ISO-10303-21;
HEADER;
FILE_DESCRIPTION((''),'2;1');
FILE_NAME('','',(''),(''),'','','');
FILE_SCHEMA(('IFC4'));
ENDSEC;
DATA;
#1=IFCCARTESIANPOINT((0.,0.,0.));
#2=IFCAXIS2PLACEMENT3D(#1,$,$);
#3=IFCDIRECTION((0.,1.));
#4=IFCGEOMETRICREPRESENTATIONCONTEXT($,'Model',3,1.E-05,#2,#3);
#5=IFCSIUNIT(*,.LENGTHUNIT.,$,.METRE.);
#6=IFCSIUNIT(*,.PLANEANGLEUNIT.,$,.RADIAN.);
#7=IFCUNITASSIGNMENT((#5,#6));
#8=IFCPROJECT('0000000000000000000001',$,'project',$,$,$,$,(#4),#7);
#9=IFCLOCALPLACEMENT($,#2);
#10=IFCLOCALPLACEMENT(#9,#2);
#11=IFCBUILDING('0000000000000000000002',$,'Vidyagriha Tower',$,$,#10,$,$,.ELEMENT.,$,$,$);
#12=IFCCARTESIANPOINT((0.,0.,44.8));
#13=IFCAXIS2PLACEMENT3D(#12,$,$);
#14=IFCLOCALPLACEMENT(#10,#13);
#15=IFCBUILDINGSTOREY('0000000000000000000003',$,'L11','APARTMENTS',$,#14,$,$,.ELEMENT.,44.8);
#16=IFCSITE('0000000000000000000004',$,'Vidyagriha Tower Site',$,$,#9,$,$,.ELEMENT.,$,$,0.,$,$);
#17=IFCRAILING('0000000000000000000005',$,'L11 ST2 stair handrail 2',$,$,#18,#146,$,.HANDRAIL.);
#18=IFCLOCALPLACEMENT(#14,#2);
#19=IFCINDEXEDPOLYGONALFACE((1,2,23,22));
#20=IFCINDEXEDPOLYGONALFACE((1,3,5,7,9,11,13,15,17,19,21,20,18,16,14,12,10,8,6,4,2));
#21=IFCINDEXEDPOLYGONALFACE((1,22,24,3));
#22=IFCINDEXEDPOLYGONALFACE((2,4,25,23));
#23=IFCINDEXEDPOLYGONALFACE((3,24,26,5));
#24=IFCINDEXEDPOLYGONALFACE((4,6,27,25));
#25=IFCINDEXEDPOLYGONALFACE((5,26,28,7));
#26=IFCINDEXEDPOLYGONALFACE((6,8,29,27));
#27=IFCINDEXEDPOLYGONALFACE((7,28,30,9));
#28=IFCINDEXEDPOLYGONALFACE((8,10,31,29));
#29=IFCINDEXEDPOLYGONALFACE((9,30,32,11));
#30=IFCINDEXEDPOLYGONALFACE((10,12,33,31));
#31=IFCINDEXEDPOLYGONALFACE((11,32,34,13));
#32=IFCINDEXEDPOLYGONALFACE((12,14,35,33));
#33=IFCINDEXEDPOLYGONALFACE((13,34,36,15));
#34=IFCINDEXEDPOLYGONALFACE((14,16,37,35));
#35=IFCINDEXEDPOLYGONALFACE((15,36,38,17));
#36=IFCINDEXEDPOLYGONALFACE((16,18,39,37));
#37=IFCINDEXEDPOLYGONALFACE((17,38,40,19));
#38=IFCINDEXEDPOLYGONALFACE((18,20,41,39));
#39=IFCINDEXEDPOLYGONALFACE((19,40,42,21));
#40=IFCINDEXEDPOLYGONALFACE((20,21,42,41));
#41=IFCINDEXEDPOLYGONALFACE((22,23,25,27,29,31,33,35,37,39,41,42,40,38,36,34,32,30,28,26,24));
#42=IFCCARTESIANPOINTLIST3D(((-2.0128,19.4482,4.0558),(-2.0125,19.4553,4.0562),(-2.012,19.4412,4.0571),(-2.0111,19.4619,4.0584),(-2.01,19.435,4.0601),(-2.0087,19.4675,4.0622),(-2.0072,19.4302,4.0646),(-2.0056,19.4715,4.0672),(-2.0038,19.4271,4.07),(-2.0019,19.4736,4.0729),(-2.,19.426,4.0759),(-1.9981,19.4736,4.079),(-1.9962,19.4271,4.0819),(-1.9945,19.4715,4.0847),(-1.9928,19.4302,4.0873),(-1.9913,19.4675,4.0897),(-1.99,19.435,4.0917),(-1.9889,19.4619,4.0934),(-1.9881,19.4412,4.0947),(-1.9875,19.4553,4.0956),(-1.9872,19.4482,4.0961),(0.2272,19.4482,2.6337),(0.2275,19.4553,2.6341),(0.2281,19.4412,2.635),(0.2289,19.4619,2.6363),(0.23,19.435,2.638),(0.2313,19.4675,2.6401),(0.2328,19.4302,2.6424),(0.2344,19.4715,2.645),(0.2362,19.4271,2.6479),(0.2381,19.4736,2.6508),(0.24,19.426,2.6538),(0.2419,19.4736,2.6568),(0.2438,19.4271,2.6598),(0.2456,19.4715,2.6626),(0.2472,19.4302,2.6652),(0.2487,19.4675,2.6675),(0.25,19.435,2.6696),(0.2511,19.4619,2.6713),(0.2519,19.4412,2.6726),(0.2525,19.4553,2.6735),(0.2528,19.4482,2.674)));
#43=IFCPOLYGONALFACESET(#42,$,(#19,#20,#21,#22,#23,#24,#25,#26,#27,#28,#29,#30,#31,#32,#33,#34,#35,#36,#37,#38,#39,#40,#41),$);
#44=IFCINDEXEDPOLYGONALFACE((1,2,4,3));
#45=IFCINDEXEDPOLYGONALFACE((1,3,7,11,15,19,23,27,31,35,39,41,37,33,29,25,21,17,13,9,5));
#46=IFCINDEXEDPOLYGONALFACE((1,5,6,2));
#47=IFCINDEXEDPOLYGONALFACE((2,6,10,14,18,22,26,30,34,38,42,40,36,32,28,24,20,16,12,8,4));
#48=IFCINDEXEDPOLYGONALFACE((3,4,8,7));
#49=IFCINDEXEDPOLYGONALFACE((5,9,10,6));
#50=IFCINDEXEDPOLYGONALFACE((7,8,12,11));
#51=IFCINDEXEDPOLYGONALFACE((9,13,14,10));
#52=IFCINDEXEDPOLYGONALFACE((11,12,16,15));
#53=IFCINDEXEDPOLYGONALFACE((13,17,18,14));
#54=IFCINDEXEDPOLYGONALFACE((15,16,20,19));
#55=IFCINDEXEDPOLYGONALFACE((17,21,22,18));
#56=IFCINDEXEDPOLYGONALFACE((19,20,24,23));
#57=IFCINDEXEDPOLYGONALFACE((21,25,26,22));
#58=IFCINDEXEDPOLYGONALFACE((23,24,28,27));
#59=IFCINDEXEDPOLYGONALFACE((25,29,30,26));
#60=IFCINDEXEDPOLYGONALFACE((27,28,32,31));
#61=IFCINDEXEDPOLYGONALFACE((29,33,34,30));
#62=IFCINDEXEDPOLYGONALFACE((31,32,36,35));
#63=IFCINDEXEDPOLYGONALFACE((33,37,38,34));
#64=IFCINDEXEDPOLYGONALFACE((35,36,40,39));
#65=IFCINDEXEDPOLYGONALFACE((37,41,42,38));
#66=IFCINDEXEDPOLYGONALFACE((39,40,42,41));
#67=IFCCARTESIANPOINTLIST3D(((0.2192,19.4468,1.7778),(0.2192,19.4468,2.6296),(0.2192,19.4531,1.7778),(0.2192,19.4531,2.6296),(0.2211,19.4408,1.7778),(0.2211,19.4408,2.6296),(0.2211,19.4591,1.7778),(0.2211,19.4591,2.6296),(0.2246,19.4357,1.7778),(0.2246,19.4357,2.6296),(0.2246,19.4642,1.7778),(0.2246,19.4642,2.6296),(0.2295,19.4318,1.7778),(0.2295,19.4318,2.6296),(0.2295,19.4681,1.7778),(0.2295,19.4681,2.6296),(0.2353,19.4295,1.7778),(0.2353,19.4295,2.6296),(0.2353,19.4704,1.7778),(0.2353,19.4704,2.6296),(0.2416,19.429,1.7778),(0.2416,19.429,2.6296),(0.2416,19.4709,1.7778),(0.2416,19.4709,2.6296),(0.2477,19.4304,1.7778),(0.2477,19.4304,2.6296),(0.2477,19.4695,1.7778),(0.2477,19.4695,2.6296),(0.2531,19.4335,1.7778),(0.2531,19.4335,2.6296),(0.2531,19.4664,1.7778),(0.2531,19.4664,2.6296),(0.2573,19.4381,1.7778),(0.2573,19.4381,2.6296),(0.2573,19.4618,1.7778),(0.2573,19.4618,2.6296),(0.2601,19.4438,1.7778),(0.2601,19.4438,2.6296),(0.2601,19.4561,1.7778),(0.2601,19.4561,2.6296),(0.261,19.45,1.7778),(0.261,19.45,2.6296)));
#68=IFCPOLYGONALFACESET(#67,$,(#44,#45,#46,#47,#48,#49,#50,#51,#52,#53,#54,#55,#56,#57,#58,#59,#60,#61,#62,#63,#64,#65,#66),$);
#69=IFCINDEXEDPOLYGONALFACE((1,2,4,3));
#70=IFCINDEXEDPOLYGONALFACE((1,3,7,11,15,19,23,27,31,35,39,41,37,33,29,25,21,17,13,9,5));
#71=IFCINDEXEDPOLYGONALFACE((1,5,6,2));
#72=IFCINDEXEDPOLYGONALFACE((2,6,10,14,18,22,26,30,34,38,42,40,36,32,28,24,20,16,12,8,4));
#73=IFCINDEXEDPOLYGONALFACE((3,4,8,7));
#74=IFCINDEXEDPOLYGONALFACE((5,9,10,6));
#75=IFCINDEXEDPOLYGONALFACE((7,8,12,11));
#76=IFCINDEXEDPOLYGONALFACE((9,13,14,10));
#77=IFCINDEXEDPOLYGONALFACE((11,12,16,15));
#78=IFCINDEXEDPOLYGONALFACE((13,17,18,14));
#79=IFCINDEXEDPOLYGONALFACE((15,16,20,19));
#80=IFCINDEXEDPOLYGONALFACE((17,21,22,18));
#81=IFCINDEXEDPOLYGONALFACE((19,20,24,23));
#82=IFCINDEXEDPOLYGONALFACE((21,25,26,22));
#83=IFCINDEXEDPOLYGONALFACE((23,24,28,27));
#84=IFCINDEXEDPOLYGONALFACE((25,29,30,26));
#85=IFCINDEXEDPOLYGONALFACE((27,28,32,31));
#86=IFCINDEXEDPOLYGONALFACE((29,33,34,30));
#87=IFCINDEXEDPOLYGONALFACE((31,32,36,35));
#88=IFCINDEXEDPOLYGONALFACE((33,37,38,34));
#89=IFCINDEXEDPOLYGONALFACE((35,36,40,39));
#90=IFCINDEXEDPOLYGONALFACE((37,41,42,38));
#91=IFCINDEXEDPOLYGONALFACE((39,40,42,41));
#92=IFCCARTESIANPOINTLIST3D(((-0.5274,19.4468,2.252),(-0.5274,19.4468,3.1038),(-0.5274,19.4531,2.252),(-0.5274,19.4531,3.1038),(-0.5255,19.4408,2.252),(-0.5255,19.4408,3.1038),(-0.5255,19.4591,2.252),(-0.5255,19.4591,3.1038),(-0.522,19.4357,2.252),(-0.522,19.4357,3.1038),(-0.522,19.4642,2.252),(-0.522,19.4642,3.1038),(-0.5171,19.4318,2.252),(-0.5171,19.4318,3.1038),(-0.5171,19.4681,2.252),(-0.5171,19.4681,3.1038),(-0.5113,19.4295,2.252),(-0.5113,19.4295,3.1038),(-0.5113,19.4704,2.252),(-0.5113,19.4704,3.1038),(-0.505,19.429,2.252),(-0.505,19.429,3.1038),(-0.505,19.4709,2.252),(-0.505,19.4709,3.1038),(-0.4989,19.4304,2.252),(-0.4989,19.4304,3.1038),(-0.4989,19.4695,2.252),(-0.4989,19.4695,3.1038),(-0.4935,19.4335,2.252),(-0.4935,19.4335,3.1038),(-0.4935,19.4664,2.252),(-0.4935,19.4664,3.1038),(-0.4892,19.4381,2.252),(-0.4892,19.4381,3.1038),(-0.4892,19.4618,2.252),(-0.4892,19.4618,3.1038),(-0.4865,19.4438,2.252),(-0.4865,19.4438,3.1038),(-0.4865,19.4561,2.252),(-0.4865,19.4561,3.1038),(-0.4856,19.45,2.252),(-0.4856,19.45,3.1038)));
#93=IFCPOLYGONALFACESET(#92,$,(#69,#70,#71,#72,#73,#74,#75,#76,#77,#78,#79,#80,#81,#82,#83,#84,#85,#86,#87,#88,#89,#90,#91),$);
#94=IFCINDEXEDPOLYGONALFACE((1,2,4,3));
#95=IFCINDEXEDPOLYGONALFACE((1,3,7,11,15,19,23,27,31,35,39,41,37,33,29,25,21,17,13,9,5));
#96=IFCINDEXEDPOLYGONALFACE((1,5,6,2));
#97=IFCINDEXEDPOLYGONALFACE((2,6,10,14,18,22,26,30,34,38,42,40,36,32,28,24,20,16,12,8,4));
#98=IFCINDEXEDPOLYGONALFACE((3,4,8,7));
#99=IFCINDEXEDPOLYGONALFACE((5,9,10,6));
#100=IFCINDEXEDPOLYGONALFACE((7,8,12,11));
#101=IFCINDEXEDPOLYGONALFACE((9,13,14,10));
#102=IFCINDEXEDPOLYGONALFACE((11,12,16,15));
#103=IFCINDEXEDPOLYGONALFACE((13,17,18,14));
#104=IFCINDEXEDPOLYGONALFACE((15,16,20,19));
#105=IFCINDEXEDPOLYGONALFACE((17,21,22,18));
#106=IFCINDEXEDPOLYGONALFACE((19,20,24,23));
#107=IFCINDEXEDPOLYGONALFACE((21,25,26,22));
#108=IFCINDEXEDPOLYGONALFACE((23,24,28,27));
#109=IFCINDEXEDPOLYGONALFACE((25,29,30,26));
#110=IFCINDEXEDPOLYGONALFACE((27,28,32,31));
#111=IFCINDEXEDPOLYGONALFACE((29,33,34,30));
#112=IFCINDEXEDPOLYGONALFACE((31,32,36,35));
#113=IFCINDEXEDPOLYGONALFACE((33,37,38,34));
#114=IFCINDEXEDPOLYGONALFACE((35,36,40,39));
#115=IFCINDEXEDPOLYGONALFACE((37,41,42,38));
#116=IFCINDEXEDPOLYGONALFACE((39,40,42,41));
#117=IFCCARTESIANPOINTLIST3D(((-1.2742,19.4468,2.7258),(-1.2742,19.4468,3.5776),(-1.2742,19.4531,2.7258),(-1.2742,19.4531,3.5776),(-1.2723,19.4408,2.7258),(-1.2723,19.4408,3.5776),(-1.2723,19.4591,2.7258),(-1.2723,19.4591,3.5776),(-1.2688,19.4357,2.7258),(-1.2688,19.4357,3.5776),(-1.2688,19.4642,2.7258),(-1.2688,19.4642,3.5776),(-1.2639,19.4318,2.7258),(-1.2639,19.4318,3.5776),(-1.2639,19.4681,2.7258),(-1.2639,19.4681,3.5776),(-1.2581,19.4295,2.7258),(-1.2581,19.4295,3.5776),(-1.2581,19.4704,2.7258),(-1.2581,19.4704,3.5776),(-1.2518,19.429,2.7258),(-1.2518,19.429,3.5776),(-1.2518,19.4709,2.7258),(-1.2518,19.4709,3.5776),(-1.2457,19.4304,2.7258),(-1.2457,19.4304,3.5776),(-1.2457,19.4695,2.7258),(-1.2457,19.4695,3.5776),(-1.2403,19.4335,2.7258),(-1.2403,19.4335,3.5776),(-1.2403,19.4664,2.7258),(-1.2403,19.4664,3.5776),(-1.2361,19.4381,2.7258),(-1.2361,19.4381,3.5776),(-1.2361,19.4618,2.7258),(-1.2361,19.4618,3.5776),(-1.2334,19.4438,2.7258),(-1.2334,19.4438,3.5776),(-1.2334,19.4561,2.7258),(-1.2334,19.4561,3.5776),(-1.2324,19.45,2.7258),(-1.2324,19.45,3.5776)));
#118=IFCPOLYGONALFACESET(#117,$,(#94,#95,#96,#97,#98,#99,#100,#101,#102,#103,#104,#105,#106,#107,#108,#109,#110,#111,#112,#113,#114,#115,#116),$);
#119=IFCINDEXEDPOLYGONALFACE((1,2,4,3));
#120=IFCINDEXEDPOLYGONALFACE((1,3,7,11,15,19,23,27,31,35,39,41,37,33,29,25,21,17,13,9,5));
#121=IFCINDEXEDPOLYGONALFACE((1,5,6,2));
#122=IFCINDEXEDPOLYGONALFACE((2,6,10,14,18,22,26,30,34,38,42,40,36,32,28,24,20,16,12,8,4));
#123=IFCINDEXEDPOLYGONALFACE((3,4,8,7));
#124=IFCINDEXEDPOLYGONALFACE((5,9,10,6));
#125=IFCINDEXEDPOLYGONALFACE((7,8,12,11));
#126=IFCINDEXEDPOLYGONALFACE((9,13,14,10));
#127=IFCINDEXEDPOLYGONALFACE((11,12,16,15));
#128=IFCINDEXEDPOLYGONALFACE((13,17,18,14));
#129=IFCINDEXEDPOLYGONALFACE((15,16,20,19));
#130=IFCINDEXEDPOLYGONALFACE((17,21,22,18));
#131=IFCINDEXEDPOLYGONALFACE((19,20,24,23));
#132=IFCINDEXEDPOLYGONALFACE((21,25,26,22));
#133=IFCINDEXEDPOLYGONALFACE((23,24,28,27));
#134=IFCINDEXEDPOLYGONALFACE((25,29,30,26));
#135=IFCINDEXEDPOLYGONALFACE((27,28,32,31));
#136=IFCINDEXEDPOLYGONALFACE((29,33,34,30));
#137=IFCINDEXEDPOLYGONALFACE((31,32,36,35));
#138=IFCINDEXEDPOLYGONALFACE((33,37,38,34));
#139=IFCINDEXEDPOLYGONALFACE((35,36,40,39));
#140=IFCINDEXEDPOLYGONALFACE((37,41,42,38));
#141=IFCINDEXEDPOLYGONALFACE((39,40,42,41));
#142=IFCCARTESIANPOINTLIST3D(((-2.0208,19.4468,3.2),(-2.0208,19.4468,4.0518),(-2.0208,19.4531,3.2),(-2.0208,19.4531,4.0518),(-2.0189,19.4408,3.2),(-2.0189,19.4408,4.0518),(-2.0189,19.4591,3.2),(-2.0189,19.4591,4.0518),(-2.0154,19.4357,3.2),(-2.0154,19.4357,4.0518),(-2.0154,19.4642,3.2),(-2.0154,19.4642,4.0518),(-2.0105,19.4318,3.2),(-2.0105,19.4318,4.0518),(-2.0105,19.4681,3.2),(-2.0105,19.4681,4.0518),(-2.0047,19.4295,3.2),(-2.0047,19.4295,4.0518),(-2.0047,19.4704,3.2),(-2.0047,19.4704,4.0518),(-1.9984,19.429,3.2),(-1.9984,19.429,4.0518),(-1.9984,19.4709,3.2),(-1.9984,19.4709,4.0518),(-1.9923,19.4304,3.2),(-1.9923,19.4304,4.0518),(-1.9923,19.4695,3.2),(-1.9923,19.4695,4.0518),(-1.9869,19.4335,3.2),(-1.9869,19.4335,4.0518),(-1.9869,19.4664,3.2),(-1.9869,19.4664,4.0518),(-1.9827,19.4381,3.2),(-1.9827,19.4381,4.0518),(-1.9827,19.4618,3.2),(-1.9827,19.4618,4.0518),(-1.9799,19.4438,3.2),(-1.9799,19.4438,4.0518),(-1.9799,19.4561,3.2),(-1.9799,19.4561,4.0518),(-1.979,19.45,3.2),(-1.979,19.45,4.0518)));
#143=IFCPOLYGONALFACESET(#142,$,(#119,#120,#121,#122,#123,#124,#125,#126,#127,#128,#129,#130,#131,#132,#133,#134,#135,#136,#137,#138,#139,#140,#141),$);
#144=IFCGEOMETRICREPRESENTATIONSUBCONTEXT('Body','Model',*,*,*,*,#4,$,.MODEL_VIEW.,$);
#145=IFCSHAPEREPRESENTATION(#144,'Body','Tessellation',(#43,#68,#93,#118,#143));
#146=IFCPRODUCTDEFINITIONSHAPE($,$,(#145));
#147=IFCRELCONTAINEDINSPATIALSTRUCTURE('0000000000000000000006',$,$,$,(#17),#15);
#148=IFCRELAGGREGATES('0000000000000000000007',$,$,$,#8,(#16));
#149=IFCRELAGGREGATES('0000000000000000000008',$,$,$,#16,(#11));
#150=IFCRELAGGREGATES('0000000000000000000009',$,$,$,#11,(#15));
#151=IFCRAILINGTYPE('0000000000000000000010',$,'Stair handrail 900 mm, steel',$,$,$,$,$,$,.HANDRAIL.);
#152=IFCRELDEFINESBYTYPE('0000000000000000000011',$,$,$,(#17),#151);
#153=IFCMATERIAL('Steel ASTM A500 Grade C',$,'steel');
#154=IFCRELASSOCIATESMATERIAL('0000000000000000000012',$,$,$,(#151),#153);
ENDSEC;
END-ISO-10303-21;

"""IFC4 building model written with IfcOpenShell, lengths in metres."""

from ifc_helpers import new_model, si_unit, direction, frame, origin, origin_2d, place, context, subcontext, project, spatial, circle, extrude, material, type_object, element, save


model = new_model("IFC4")

# Units and contexts
model_context = context("Model", 3, precision=1e-05, world=origin(), true_north=direction((0.0, 1.0)))
body_context = subcontext(model_context, "Body", "Model", "MODEL_VIEW")
ifc_project = project(units=[si_unit("LENGTHUNIT", "METRE"), si_unit("PLANEANGLEUNIT", "RADIAN")], contexts=[model_context])

# Site, building, storey
site_placement = place(None, origin())
site = spatial("IfcSite", under=ifc_project, at=site_placement, Name="Vidyagriha Tower Site", CompositionType="ELEMENT", RefElevation=0.0)
building_placement = place(site_placement, origin())
building = spatial("IfcBuilding", under=site, at=building_placement, Name="Vidyagriha Tower", CompositionType="ELEMENT")
storey_placement = place(building_placement, frame((0.0, 0.0, 44.8)))
storey = spatial("IfcBuildingStorey", under=building, at=storey_placement, Name="L11", Description="APARTMENTS", CompositionType="ELEMENT", Elevation=44.8)

# Railing
ifc_material_1 = material(Name="Steel ASTM A500 Grade C", Category="steel")
railing_type_1 = type_object("IfcRailingType", Name="Stair handrail 900 mm, steel", PredefinedType="HANDRAIL", material=ifc_material_1)
railing_1_placement = place(storey_placement, frame((0.24, 19.45, 1.7778)))
element("IfcRailing", 1, at=railing_1_placement, inside=storey, type_object=railing_type_1, Name="L11 ST2 stair handrail 2", PredefinedType="HANDRAIL", context=body_context, shape_type="SweptSolid", body=[
    extrude(circle(Radius=0.0239, at=origin_2d()), frame((0.0, 0.0, 0.876), z_axis=(-0.844229, 0.0, 0.535982), x_axis=(0.0, -1.0, 0.0)), (0.0, 0.0, 1.0), 2.6533),
    extrude(circle(Radius=0.021, at=origin_2d()), origin(), (0.0, 0.0, 1.0), 0.8518),
    extrude(circle(Radius=0.021, at=origin_2d()), frame((-0.7466, 0.0, 0.4741)), (0.0, 0.0, 1.0), 0.8518),
    extrude(circle(Radius=0.021, at=origin_2d()), frame((-1.4934, 0.0, 0.948)), (0.0, 0.0, 1.0), 0.8518),
    extrude(circle(Radius=0.021, at=origin_2d()), frame((-2.24, 0.0, 1.4221)), (0.0, 0.0, 1.0), 0.8518),
])

save(model, "model.ifc")
